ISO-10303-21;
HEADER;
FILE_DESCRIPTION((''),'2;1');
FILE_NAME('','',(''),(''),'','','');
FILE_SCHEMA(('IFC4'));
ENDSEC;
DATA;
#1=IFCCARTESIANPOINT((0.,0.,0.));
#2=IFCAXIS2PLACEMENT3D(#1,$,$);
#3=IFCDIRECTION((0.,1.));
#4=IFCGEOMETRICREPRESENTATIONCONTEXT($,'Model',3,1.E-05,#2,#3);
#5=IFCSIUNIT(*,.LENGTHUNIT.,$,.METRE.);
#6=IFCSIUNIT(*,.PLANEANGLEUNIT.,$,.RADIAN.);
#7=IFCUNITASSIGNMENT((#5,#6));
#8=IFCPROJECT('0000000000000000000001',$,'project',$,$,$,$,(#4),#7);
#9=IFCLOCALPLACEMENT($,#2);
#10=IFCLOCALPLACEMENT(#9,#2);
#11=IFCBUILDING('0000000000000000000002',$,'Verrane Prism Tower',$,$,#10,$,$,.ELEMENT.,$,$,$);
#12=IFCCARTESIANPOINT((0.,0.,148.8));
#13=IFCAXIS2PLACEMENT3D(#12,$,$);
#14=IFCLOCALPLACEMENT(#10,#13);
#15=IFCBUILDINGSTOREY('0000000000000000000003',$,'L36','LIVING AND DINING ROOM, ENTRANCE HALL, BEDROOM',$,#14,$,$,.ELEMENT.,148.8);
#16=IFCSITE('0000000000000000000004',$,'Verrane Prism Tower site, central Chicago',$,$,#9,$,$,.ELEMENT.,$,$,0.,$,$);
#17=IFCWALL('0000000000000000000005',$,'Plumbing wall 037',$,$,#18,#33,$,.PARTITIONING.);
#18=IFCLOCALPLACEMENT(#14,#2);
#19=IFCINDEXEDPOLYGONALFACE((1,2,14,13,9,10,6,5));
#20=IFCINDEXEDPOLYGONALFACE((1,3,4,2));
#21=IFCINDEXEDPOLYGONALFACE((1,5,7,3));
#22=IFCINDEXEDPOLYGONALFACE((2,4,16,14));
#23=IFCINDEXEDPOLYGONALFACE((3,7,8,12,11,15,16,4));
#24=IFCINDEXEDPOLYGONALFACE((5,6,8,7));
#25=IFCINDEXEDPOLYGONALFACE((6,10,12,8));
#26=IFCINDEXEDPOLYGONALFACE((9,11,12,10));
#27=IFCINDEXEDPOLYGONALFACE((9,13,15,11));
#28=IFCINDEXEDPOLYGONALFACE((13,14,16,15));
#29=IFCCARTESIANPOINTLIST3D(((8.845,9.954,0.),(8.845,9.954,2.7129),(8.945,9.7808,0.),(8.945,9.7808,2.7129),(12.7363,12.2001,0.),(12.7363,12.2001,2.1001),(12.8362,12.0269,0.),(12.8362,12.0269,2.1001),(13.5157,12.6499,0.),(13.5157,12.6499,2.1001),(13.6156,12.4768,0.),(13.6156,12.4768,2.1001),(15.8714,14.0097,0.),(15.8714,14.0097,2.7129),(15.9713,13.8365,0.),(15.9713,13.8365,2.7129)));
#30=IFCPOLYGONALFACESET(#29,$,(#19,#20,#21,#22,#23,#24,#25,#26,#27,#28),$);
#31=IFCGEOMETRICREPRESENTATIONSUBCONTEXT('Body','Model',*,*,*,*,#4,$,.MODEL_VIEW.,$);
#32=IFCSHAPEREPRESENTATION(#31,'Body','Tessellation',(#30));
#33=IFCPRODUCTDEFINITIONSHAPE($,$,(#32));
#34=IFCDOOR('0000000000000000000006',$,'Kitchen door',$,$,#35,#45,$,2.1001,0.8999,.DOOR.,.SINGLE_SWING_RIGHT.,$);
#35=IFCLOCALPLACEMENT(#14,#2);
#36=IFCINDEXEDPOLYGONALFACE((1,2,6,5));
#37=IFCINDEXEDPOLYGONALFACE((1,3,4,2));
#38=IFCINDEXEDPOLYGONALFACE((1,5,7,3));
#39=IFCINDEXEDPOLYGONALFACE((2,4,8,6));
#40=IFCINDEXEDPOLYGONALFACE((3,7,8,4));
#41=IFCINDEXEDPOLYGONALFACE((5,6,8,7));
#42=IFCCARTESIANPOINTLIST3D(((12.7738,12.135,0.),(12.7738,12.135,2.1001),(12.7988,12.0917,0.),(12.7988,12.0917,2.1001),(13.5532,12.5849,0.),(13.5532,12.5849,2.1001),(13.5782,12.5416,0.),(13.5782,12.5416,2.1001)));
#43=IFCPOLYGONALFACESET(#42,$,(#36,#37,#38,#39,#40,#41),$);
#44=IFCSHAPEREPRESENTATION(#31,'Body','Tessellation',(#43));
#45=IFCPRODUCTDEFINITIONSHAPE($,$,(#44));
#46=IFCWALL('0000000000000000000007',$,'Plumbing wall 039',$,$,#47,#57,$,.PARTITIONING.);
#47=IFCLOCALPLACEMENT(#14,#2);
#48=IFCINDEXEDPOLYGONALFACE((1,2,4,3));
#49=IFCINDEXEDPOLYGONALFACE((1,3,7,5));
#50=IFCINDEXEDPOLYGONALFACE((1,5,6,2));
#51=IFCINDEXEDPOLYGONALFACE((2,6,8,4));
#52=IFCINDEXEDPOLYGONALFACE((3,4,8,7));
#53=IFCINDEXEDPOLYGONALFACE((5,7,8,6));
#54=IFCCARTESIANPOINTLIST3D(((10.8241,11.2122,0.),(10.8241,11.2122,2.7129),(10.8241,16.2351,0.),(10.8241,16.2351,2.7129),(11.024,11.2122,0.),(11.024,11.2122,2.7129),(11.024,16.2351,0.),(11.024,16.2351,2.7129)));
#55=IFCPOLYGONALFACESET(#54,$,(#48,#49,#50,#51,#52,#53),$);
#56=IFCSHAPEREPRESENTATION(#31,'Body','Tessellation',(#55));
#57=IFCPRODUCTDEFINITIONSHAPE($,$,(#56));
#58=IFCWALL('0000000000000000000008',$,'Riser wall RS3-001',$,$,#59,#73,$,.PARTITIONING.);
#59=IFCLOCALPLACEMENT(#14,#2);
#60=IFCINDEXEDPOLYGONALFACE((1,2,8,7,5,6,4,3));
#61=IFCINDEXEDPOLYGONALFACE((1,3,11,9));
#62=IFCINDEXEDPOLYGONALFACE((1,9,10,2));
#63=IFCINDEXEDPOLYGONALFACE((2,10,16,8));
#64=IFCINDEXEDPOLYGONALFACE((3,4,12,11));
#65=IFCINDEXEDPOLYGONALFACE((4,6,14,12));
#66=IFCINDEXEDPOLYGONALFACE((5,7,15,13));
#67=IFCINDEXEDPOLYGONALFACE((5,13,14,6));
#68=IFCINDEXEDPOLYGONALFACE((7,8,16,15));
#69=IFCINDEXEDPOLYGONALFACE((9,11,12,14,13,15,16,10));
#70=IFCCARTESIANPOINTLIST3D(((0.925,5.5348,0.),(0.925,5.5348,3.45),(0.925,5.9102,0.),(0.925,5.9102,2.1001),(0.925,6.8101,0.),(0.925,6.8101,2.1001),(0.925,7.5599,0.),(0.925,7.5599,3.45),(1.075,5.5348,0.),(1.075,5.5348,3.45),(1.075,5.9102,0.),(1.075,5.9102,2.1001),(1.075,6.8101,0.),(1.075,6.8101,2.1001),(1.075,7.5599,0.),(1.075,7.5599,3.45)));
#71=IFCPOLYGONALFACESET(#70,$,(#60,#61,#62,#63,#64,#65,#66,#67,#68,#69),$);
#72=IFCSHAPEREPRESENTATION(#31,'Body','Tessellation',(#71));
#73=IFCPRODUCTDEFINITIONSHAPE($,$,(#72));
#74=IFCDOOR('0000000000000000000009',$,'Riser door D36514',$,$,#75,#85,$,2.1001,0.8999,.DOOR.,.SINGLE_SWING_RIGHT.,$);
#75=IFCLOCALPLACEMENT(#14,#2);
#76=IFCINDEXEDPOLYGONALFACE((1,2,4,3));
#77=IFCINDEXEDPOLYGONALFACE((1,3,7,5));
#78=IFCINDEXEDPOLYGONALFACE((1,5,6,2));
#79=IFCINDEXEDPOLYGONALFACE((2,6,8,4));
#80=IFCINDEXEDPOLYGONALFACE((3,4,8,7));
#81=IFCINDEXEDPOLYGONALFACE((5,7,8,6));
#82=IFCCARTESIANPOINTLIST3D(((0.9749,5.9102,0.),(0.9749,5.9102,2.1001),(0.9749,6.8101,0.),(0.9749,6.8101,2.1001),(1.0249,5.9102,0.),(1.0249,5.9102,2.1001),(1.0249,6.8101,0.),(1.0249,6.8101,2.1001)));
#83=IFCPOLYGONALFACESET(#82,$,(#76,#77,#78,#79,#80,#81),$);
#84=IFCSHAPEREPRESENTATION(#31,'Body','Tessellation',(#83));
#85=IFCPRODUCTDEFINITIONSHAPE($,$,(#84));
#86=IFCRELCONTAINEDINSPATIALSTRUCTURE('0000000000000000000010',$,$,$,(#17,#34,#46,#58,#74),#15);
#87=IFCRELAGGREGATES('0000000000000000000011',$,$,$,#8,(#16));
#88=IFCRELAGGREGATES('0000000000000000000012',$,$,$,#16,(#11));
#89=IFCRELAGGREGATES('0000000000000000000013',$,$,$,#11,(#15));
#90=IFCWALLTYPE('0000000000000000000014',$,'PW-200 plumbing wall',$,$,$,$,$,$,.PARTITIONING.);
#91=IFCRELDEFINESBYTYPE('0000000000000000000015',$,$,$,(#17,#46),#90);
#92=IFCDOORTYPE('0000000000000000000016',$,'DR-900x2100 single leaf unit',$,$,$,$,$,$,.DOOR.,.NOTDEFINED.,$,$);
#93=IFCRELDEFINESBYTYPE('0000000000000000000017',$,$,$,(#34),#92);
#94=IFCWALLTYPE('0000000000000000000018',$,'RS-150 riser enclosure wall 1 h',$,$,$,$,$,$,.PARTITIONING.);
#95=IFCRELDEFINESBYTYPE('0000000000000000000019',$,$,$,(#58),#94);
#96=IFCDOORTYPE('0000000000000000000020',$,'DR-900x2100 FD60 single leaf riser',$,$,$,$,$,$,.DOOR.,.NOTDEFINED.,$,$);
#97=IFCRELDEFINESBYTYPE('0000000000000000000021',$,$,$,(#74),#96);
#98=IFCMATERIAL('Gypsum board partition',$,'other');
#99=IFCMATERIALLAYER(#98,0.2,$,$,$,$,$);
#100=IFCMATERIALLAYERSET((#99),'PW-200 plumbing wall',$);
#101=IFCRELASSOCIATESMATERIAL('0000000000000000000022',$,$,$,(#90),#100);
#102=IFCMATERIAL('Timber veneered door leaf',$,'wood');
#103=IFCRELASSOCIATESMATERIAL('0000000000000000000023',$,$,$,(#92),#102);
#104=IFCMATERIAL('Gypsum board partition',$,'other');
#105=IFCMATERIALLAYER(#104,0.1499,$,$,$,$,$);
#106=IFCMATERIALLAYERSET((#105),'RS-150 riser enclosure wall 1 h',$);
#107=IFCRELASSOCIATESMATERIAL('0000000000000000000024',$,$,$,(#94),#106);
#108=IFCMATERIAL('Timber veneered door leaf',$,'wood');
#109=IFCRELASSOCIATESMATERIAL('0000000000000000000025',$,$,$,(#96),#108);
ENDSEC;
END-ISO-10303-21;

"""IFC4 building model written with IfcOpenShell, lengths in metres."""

from ifc_helpers import new_model, si_unit, direction, frame, frame_2d, origin, place, context, subcontext, project, spatial, rectangle, extrude, material, layer, layer_set, type_object, element, fill, save


model = new_model("IFC4")

# Units and contexts
model_context = context("Model", 3, precision=1e-05, world=origin(), true_north=direction((0.0, 1.0)))
body_context = subcontext(model_context, "Body", "Model", "MODEL_VIEW")
ifc_project = project(units=[si_unit("LENGTHUNIT", "METRE"), si_unit("PLANEANGLEUNIT", "RADIAN")], contexts=[model_context])

# Site, building, storey
site_placement = place(None, origin())
site = spatial("IfcSite", under=ifc_project, at=site_placement, Name="Verrane Prism Tower site, central Chicago", CompositionType="ELEMENT", RefElevation=0.0)
building_placement = place(site_placement, origin())
building = spatial("IfcBuilding", under=site, at=building_placement, Name="Verrane Prism Tower", CompositionType="ELEMENT")
storey_placement = place(building_placement, frame((0.0, 0.0, 148.8)))
storey = spatial("IfcBuildingStorey", under=building, at=storey_placement, Name="L36", Description="LIVING AND DINING ROOM, ENTRANCE HALL, BEDROOM", CompositionType="ELEMENT", Elevation=148.8)

# Shared definitions
ifc_material_1 = material(Name="Gypsum board partition", Category="other")
ifc_layer_1 = layer(ifc_material_1, 0.2)
ifc_layer_set_1 = layer_set([ifc_layer_1], Name="PW-200 plumbing wall")
wall_type_1 = type_object("IfcWallType", Name="PW-200 plumbing wall", PredefinedType="PARTITIONING", material=ifc_layer_set_1)

# Wall, opening, door
wall_1_placement = place(storey_placement, frame((8.895, 9.8674, 0.0), z_axis=(0.0, 0.0, 1.0), x_axis=(0.866079, 0.499907, 0.0)))
wall_1 = element("IfcWall", 1, at=wall_1_placement, inside=storey, type_object=wall_type_1, Name="Plumbing wall 037", PredefinedType="PARTITIONING", context=body_context, shape_type="SweptSolid", body=[
    extrude(rectangle(XDim=8.1128, YDim=0.2, at=frame_2d((4.0564, 0.0))), origin(), (0.0, 0.0, 1.0), 2.7129),
])
opening_1_placement = place(wall_1_placement, frame((4.4929, 0.0, 0.0)))
opening_1 = element("IfcOpeningElement", 2, at=opening_1_placement, cuts=wall_1, PredefinedType="OPENING", context=body_context, shape_type="SweptSolid", body=[
    extrude(rectangle(XDim=0.8999, YDim=2.1001, at=frame_2d((0.45, 1.05))), frame((0.0, 0.1099, 0.0), z_axis=(0.0, -1.0, 0.0), x_axis=(1.0, 0.0, 0.0)), (0.0, 0.0, 1.0), 0.22),
])
ifc_material_2 = material(Name="Timber veneered door leaf", Category="wood")
door_type_1 = type_object("IfcDoorType", Name="DR-900x2100 single leaf unit", OperationType="NOTDEFINED", PredefinedType="DOOR", material=ifc_material_2)
door_1_placement = place(opening_1_placement, origin())
door_1 = element("IfcDoor", 3, at=door_1_placement, inside=storey, type_object=door_type_1, Name="Kitchen door", OperationType="SINGLE_SWING_RIGHT", OverallHeight=2.1001, OverallWidth=0.8999, PredefinedType="DOOR", context=body_context, shape_type="SweptSolid", body=[
    extrude(rectangle(XDim=0.8999, YDim=2.1001, at=frame_2d((0.45, 1.05))), frame((0.0, 0.0249, 0.0), z_axis=(0.0, -1.0, 0.0), x_axis=(1.0, 0.0, 0.0)), (0.0, 0.0, 1.0), 0.05),
])
fill(opening_1, door_1)

# Wall
wall_2_placement = place(storey_placement, frame((10.9241, 11.2122, 0.0), z_axis=(0.0, 0.0, 1.0), x_axis=(0.0, 1.0, 0.0)))
element("IfcWall", 4, at=wall_2_placement, inside=storey, type_object=wall_type_1, Name="Plumbing wall 039", PredefinedType="PARTITIONING", context=body_context, shape_type="SweptSolid", body=[
    extrude(rectangle(XDim=5.0229, YDim=0.2, at=frame_2d((2.5115, 0.0))), origin(), (0.0, 0.0, 1.0), 2.7129),
])

# Wall, opening, door
ifc_material_3 = material(Name="Gypsum board partition", Category="other")
ifc_layer_2 = layer(ifc_material_3, 0.1499)
ifc_layer_set_2 = layer_set([ifc_layer_2], Name="RS-150 riser enclosure wall 1 h")
wall_type_2 = type_object("IfcWallType", Name="RS-150 riser enclosure wall 1 h", PredefinedType="PARTITIONING", material=ifc_layer_set_2)
wall_3_placement = place(storey_placement, frame((1.0, 7.5601, 0.0), z_axis=(0.0, 0.0, 1.0), x_axis=(0.0, -1.0, 0.0)))
wall_3 = element("IfcWall", 5, at=wall_3_placement, inside=storey, type_object=wall_type_2, Name="Riser wall RS3-001", PredefinedType="PARTITIONING", context=body_context, shape_type="SweptSolid", body=[
    extrude(rectangle(XDim=2.0251, YDim=0.1499, at=frame_2d((1.0127, 0.0))), origin(), (0.0, 0.0, 1.0), 3.45),
])
opening_2_placement = place(wall_3_placement, frame((0.75, 0.0, 0.0)))
opening_2 = element("IfcOpeningElement", 6, at=opening_2_placement, cuts=wall_3, PredefinedType="OPENING", context=body_context, shape_type="SweptSolid", body=[
    extrude(rectangle(XDim=0.8999, YDim=2.1001, at=frame_2d((0.45, 1.05))), frame((0.0, 0.085, 0.0), z_axis=(0.0, -1.0, 0.0), x_axis=(1.0, 0.0, 0.0)), (0.0, 0.0, 1.0), 0.1699),
])
ifc_material_4 = material(Name="Timber veneered door leaf", Category="wood")
door_type_2 = type_object("IfcDoorType", Name="DR-900x2100 FD60 single leaf riser", OperationType="NOTDEFINED", PredefinedType="DOOR", material=ifc_material_4)
door_2_placement = place(opening_2_placement, origin())
door_2 = element("IfcDoor", 7, at=door_2_placement, inside=storey, type_object=door_type_2, Name="Riser door D36514", OperationType="SINGLE_SWING_RIGHT", OverallHeight=2.1001, OverallWidth=0.8999, PredefinedType="DOOR", context=body_context, shape_type="SweptSolid", body=[
    extrude(rectangle(XDim=0.8999, YDim=2.1001, at=frame_2d((0.45, 1.05))), frame((0.0, 0.0249, 0.0), z_axis=(0.0, -1.0, 0.0), x_axis=(1.0, 0.0, 0.0)), (0.0, 0.0, 1.0), 0.05),
])
fill(opening_2, door_2)

save(model, "model.ifc")
